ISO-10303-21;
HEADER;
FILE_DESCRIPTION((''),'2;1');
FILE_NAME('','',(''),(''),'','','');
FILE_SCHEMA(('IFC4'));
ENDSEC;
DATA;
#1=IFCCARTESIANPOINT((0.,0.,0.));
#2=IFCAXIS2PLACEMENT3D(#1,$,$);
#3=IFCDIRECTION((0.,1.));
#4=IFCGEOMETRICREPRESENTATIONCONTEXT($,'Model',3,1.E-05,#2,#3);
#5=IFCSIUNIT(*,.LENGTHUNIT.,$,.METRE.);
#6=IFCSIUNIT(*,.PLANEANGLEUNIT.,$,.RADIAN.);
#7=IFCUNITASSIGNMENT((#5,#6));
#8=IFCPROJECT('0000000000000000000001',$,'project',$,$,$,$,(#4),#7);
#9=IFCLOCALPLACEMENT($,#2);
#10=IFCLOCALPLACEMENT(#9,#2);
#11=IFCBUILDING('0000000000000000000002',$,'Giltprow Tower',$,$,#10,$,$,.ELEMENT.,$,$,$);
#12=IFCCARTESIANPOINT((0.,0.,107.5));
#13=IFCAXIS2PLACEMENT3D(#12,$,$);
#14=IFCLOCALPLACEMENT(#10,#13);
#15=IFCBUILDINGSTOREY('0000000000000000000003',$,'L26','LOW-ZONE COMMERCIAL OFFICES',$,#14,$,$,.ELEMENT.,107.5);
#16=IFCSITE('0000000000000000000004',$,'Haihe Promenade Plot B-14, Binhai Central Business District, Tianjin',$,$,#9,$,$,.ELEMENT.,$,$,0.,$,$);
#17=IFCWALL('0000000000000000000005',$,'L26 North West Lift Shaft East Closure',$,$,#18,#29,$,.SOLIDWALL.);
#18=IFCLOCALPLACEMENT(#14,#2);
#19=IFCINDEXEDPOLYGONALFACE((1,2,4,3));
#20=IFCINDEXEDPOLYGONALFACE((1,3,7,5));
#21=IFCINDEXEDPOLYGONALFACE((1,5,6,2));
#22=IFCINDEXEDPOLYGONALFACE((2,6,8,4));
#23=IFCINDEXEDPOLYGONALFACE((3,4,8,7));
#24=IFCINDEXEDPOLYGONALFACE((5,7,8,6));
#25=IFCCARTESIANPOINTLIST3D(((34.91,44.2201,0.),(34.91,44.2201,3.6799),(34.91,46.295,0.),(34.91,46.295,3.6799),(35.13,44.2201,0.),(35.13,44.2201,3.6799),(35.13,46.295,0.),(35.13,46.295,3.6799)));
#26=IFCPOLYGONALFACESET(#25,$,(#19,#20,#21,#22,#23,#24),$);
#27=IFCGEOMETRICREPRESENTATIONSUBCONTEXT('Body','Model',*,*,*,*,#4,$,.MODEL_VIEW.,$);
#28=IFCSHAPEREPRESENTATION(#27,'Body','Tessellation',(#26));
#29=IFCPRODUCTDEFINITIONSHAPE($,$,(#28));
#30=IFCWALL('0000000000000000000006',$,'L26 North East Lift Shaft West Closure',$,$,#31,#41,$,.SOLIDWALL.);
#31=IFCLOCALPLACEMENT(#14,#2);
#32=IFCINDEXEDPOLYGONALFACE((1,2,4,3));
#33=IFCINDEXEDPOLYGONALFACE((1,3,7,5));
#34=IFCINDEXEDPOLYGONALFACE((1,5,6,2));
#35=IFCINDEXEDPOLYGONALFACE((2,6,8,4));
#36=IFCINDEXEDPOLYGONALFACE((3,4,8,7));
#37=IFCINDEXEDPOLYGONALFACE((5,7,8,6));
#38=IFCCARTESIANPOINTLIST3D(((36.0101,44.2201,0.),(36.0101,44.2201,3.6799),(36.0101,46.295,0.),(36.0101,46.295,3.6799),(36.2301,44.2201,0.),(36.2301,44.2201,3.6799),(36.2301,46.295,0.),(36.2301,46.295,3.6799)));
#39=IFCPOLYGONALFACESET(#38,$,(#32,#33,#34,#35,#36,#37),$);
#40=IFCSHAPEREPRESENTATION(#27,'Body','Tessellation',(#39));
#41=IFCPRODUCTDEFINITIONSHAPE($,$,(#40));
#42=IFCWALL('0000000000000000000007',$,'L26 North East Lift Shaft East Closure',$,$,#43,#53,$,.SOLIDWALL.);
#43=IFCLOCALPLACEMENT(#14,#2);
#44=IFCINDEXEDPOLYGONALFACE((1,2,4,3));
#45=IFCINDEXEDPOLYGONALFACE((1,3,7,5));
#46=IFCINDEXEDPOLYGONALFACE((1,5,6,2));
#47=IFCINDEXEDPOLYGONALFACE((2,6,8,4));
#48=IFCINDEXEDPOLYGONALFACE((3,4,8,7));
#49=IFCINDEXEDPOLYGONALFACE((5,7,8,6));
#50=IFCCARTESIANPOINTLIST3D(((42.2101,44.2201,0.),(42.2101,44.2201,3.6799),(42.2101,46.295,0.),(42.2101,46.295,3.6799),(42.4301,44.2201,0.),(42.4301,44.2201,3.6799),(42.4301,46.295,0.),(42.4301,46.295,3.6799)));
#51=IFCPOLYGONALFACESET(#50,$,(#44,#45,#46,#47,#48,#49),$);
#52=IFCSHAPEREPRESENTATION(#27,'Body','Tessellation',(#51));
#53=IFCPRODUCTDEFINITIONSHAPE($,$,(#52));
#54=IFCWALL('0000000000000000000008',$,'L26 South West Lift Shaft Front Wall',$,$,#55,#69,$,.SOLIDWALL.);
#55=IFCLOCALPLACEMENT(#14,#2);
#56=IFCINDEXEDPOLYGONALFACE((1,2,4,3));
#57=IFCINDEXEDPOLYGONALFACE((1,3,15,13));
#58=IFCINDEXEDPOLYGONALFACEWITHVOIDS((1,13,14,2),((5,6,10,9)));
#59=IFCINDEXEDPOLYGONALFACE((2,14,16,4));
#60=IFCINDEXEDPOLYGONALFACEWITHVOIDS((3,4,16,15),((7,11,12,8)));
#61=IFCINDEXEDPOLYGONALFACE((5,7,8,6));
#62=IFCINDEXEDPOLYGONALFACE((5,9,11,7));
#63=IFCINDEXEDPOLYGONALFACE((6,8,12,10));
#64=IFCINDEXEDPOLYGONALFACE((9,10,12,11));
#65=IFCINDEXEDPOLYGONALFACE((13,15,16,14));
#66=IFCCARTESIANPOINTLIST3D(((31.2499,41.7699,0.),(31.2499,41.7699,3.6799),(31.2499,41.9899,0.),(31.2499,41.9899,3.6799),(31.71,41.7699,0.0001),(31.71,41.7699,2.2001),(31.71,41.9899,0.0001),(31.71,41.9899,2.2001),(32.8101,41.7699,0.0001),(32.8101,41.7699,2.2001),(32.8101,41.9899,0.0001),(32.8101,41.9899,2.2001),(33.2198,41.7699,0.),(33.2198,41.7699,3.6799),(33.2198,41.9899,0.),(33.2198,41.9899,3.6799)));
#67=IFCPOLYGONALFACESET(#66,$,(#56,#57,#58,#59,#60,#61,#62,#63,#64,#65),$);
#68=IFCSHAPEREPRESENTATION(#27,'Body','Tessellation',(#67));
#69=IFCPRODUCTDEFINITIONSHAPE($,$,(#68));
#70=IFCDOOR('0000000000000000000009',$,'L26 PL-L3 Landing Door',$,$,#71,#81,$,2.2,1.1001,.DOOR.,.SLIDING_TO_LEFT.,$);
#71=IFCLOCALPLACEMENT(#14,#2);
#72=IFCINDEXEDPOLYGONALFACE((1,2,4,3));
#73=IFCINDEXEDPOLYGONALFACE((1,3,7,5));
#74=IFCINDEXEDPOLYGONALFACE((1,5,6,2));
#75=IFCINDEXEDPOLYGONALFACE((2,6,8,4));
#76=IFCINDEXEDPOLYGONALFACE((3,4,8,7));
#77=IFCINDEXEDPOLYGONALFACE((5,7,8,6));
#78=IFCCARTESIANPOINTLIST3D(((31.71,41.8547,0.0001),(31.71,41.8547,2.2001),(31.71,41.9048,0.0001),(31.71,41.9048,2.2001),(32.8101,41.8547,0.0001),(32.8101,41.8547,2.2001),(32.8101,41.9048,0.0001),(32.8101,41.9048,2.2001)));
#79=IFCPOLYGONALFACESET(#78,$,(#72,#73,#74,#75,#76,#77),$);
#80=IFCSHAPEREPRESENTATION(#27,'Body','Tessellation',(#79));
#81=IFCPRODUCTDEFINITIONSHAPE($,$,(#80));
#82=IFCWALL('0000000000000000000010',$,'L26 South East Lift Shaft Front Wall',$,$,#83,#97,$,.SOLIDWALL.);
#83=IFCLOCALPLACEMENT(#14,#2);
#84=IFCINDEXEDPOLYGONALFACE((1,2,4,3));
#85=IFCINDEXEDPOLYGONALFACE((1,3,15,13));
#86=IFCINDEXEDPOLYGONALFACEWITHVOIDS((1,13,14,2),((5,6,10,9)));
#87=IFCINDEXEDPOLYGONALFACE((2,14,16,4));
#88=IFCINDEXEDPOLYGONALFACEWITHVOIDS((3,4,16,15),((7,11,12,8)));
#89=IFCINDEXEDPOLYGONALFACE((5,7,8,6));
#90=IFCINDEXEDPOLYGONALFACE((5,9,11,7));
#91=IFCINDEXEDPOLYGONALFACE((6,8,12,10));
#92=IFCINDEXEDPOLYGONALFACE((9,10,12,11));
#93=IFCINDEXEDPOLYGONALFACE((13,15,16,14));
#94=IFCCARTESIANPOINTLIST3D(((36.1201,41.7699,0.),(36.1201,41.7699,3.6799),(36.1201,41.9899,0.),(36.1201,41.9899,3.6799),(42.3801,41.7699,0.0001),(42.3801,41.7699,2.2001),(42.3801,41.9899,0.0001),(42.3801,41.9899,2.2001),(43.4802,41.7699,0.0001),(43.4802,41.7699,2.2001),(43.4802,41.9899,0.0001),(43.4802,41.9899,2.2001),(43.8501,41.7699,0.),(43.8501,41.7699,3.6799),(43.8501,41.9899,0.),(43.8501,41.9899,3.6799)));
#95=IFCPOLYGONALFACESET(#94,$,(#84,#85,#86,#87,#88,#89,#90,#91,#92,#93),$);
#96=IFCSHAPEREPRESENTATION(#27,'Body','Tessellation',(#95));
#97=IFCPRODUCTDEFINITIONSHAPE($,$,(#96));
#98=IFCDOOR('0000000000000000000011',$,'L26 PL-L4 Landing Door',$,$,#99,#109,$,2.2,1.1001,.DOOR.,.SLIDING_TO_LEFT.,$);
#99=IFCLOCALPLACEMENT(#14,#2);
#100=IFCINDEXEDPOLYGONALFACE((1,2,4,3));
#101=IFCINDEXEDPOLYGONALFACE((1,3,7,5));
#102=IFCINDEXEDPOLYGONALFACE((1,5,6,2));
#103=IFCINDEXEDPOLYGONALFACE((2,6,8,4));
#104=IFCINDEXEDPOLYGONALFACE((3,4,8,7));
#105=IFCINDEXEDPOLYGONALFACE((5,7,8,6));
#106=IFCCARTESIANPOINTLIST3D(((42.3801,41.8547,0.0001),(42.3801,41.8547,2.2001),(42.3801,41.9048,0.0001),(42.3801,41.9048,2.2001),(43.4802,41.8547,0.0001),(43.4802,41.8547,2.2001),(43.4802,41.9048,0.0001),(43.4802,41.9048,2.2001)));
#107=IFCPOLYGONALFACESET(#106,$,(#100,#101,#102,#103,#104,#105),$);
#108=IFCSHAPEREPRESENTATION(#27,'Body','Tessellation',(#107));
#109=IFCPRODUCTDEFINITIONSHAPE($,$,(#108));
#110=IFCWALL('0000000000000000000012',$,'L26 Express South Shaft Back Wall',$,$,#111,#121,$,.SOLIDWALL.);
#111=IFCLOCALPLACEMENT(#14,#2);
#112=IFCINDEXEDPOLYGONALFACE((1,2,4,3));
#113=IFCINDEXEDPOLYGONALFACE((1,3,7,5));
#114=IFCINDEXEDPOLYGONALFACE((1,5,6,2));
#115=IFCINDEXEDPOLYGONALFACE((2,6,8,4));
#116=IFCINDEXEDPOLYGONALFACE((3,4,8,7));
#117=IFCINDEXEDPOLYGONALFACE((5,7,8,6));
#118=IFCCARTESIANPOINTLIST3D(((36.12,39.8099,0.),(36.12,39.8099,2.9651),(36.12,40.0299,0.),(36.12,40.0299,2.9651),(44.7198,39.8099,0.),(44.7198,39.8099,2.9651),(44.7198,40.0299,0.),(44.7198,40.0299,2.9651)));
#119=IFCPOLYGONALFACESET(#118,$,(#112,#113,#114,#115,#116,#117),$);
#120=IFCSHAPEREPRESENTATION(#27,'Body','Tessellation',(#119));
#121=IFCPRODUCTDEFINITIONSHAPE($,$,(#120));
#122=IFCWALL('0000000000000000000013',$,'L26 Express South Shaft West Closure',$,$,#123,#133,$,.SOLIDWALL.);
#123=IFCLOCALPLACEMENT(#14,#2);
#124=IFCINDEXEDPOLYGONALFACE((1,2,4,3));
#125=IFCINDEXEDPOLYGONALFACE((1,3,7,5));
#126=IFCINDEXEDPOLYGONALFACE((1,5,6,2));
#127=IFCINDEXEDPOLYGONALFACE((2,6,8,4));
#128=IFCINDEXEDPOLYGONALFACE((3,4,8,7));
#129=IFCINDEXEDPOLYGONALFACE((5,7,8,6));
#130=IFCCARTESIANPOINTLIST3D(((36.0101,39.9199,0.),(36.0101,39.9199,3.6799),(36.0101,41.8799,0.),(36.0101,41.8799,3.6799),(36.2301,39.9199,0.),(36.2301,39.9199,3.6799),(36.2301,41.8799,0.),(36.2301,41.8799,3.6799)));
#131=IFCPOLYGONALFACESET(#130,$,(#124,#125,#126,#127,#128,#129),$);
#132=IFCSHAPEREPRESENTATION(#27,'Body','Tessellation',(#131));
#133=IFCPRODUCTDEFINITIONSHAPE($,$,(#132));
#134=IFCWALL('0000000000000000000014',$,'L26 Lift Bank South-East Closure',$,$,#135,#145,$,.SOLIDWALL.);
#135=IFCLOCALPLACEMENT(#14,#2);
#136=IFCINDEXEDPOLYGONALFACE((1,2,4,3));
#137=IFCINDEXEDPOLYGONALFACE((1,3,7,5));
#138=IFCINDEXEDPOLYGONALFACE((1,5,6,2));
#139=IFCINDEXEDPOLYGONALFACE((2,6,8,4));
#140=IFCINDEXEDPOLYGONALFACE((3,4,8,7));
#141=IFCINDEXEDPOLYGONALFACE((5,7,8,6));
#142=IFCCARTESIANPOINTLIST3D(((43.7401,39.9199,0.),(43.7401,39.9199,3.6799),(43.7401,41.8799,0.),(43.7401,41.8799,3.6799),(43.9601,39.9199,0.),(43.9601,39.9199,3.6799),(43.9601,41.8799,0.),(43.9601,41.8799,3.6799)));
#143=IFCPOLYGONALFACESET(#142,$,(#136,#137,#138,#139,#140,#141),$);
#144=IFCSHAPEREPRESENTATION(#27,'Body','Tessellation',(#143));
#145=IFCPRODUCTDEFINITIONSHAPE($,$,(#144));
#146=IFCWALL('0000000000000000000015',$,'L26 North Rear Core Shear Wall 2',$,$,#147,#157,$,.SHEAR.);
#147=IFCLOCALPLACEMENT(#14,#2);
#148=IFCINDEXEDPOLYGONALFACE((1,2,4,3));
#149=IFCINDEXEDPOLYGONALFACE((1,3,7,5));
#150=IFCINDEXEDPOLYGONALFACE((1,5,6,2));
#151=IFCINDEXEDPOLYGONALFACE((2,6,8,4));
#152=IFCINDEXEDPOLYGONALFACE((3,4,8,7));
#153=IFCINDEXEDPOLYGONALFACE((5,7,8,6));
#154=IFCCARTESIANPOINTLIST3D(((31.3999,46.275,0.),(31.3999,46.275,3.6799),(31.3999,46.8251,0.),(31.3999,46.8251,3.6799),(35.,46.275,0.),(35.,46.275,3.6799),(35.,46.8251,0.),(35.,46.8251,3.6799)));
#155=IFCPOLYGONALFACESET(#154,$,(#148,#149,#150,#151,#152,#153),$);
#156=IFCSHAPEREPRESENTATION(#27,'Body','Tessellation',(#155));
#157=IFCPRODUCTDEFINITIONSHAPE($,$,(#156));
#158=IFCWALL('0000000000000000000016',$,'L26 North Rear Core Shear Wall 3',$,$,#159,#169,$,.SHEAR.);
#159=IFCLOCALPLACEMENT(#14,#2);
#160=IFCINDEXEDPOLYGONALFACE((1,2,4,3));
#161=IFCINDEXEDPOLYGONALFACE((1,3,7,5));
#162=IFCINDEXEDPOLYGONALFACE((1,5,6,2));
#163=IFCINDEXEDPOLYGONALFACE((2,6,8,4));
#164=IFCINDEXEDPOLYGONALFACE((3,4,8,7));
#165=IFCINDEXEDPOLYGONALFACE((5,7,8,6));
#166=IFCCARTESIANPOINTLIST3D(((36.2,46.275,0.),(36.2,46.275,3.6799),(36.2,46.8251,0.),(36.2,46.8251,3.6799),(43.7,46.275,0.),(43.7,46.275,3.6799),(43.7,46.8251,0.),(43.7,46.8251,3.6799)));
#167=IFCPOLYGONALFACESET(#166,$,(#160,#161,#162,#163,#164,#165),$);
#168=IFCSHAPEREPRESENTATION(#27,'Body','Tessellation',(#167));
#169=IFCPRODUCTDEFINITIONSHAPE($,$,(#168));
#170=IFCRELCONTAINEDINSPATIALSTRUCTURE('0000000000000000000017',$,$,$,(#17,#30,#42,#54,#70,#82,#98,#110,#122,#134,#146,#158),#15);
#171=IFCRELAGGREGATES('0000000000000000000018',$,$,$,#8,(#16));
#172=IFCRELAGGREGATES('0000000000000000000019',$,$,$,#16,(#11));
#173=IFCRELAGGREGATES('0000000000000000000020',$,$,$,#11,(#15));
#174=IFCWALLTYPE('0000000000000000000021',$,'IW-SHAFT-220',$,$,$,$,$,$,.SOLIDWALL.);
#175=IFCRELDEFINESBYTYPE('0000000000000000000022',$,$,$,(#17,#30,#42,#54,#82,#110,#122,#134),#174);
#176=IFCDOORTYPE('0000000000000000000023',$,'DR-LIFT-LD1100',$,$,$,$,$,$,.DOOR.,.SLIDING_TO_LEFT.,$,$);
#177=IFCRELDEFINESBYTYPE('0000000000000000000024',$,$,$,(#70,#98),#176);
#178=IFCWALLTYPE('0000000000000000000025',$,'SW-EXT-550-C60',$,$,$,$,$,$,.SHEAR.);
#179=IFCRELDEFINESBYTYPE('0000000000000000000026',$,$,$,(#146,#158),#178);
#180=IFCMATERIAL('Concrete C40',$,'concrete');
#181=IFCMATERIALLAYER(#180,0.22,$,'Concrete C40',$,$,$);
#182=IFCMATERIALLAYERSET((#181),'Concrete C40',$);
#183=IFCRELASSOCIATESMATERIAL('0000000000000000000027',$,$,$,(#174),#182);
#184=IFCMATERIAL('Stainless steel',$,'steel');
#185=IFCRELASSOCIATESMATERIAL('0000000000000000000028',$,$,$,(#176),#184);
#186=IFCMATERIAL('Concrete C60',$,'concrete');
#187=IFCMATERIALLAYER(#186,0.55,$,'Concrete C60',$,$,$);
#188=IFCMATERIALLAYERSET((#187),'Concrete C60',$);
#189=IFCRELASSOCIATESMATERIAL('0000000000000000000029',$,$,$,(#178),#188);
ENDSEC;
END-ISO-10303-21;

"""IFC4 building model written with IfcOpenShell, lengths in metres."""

from ifc_helpers import new_model, si_unit, direction, frame, frame_2d, origin, place, context, subcontext, project, spatial, rectangle, extrude, source, transform, mapped, material, layer, layer_set, type_object, element, fill, save


model = new_model("IFC4")

# Units and contexts
model_context = context("Model", 3, precision=1e-05, world=origin(), true_north=direction((0.0, 1.0)))
body_context = subcontext(model_context, "Body", "Model", "MODEL_VIEW")
ifc_project = project(units=[si_unit("LENGTHUNIT", "METRE"), si_unit("PLANEANGLEUNIT", "RADIAN")], contexts=[model_context])

# Site, building, storey
site_placement = place(None, origin())
site = spatial("IfcSite", under=ifc_project, at=site_placement, Name="Haihe Promenade Plot B-14, Binhai Central Business District, Tianjin", CompositionType="ELEMENT", RefElevation=0.0)
building_placement = place(site_placement, origin())
building = spatial("IfcBuilding", under=site, at=building_placement, Name="Giltprow Tower", CompositionType="ELEMENT")
storey_placement = place(building_placement, frame((0.0, 0.0, 107.5)))
storey = spatial("IfcBuildingStorey", under=building, at=storey_placement, Name="L26", Description="LOW-ZONE COMMERCIAL OFFICES", CompositionType="ELEMENT", Elevation=107.5)

# Shared definitions
ifc_material_1 = material(Name="Concrete C60", Category="concrete")

# Shared definitions
ifc_material_2 = material(Name="Concrete C40", Category="concrete")
ifc_layer_1 = layer(ifc_material_2, 0.22, Name="Concrete C40")
ifc_layer_set_1 = layer_set([ifc_layer_1], Name="Concrete C40")
wall_type_1 = type_object("IfcWallType", Name="IW-SHAFT-220", PredefinedType="SOLIDWALL", material=ifc_layer_set_1)
ifc_material_3 = material(Name="Stainless steel", Category="steel")
door_type = type_object("IfcDoorType", Name="DR-LIFT-LD1100", OperationType="SLIDING_TO_LEFT", PredefinedType="DOOR", material=ifc_material_3)
shared_shape_1 = source(origin(), body_context, "Body", "SweptSolid", [
    extrude(rectangle(XDim=1.1001, YDim=2.2, at=frame_2d((0.55, 1.1001))), frame((0.0, 0.0249, 0.0), z_axis=(0.0, -1.0, 0.0), x_axis=(1.0, 0.0, 0.0)), (0.0, 0.0, 1.0), 0.05),
])

# Walls
for number, where, z_axis, x_axis, name in (
    (1, (35.02, 44.22, 0.0), (0.0, 0.0, 1.0), (0.0, 1.0, 0.0), "L26 North West Lift Shaft East Closure"),
    (2, (36.1201, 44.22, 0.0), (0.0, 0.0, 1.0), (0.0, 1.0, 0.0), "L26 North East Lift Shaft West Closure"),
    (3, (42.3201, 44.22, 0.0), (0.0, 0.0, 1.0), (0.0, 1.0, 0.0), "L26 North East Lift Shaft East Closure"),
):
    element("IfcWall", number, at=place(storey_placement, frame(where, z_axis=z_axis, x_axis=x_axis)), inside=storey, type_object=wall_type_1, Name=name, PredefinedType="SOLIDWALL", context=body_context, shape_type="SweptSolid", body=[
        extrude(rectangle(XDim=2.075, YDim=0.22, at=frame_2d((1.0376, 0.0))), origin(), (0.0, 0.0, 1.0), 3.6799),
    ])

# Walls, openings, doors
wall_1_placement = place(storey_placement, frame((31.25, 41.8799, 0.0), z_axis=(0.0, 0.0, 1.0), x_axis=(1.0, 0.0, 0.0)))
wall_1 = element("IfcWall", 4, at=wall_1_placement, inside=storey, type_object=wall_type_1, Name="L26 South West Lift Shaft Front Wall", PredefinedType="SOLIDWALL", context=body_context, shape_type="SweptSolid", body=[
    extrude(rectangle(XDim=1.97, YDim=0.22, at=frame_2d((0.9849, 0.0))), origin(), (0.0, 0.0, 1.0), 3.6799),
])
opening_1_placement = place(wall_1_placement, frame((0.46, 0.0, 0.0)))
opening_1 = element("IfcOpeningElement", 5, at=opening_1_placement, cuts=wall_1, PredefinedType="OPENING", context=body_context, shape_type="SweptSolid", body=[
    extrude(rectangle(XDim=1.1001, YDim=2.2, at=frame_2d((0.55, 1.1001))), frame((0.0, 0.1199, 0.0), z_axis=(0.0, -1.0, 0.0), x_axis=(1.0, 0.0, 0.0)), (0.0, 0.0, 1.0), 0.24),
])
door_1_placement = place(opening_1_placement, origin())
door_1 = element("IfcDoor", 6, at=door_1_placement, inside=storey, type_object=door_type, Name="L26 PL-L3 Landing Door", OperationType="SLIDING_TO_LEFT", OverallHeight=2.2, OverallWidth=1.1001, PredefinedType="DOOR", context=body_context, shape_type="MappedRepresentation", body=[
    mapped(shared_shape_1, transform((0.0, 0.0, 0.0), x_axis=(1.0, 0.0, 0.0), y_axis=(0.0, 1.0, 0.0), z_axis=(0.0, 0.0, 1.0), scale=1.0)),
])
fill(opening_1, door_1)
wall_2_placement = place(storey_placement, frame((36.1201, 41.8799, 0.0), z_axis=(0.0, 0.0, 1.0), x_axis=(1.0, 0.0, 0.0)))
wall_2 = element("IfcWall", 7, at=wall_2_placement, inside=storey, type_object=wall_type_1, Name="L26 South East Lift Shaft Front Wall", PredefinedType="SOLIDWALL", context=body_context, shape_type="SweptSolid", body=[
    extrude(rectangle(XDim=7.73, YDim=0.22, at=frame_2d((3.865, 0.0))), origin(), (0.0, 0.0, 1.0), 3.6799),
])
opening_2_placement = place(wall_2_placement, frame((6.26, 0.0, 0.0)))
opening_2 = element("IfcOpeningElement", 8, at=opening_2_placement, cuts=wall_2, PredefinedType="OPENING", context=body_context, shape_type="SweptSolid", body=[
    extrude(rectangle(XDim=1.1001, YDim=2.2, at=frame_2d((0.55, 1.1001))), frame((0.0, 0.1199, 0.0), z_axis=(0.0, -1.0, 0.0), x_axis=(1.0, 0.0, 0.0)), (0.0, 0.0, 1.0), 0.24),
])
door_2_placement = place(opening_2_placement, origin())
door_2 = element("IfcDoor", 9, at=door_2_placement, inside=storey, type_object=door_type, Name="L26 PL-L4 Landing Door", OperationType="SLIDING_TO_LEFT", OverallHeight=2.2, OverallWidth=1.1001, PredefinedType="DOOR", context=body_context, shape_type="MappedRepresentation", body=[
    mapped(shared_shape_1, transform((0.0, 0.0, 0.0), x_axis=(1.0, 0.0, 0.0), y_axis=(0.0, 1.0, 0.0), z_axis=(0.0, 0.0, 1.0), scale=1.0)),
])
fill(opening_2, door_2)

# Walls
wall_3_placement = place(storey_placement, frame((36.1201, 39.9199, 0.0), z_axis=(0.0, 0.0, 1.0), x_axis=(1.0, 0.0, 0.0)))
element("IfcWall", 10, at=wall_3_placement, inside=storey, type_object=wall_type_1, Name="L26 Express South Shaft Back Wall", PredefinedType="SOLIDWALL", context=body_context, shape_type="SweptSolid", body=[
    extrude(rectangle(XDim=8.5999, YDim=0.22, at=frame_2d((4.2998, 0.0))), origin(), (0.0, 0.0, 1.0), 2.9651),
])
for number, where, z_axis, x_axis, name in (
    (11, (36.1201, 39.9199, 0.0), (0.0, 0.0, 1.0), (0.0, 1.0, 0.0), "L26 Express South Shaft West Closure"),
    (12, (43.8501, 39.9199, 0.0), (0.0, 0.0, 1.0), (0.0, 1.0, 0.0), "L26 Lift Bank South-East Closure"),
):
    element("IfcWall", number, at=place(storey_placement, frame(where, z_axis=z_axis, x_axis=x_axis)), inside=storey, type_object=wall_type_1, Name=name, PredefinedType="SOLIDWALL", context=body_context, shape_type="SweptSolid", body=[
        extrude(rectangle(XDim=1.96, YDim=0.22, at=frame_2d((0.98, 0.0))), origin(), (0.0, 0.0, 1.0), 3.6799),
    ])
ifc_layer_2 = layer(ifc_material_1, 0.55, Name="Concrete C60")
ifc_layer_set_2 = layer_set([ifc_layer_2], Name="Concrete C60")
wall_type_2 = type_object("IfcWallType", Name="SW-EXT-550-C60", PredefinedType="SHEAR", material=ifc_layer_set_2)
wall_4_placement = place(storey_placement, frame((31.3999, 46.55, 0.0), z_axis=(0.0, 0.0, 1.0), x_axis=(1.0, 0.0, 0.0)))
element("IfcWall", 13, at=wall_4_placement, inside=storey, type_object=wall_type_2, Name="L26 North Rear Core Shear Wall 2", PredefinedType="SHEAR", context=body_context, shape_type="SweptSolid", body=[
    extrude(rectangle(XDim=3.6001, YDim=0.55, at=frame_2d((1.8, 0.0))), origin(), (0.0, 0.0, 1.0), 3.6799),
])
wall_5_placement = place(storey_placement, frame((36.2, 46.55, 0.0), z_axis=(0.0, 0.0, 1.0), x_axis=(1.0, 0.0, 0.0)))
element("IfcWall", 14, at=wall_5_placement, inside=storey, type_object=wall_type_2, Name="L26 North Rear Core Shear Wall 3", PredefinedType="SHEAR", context=body_context, shape_type="SweptSolid", body=[
    extrude(rectangle(XDim=7.5, YDim=0.55, at=frame_2d((3.75, 0.0))), origin(), (0.0, 0.0, 1.0), 3.6799),
])

save(model, "model.ifc")
